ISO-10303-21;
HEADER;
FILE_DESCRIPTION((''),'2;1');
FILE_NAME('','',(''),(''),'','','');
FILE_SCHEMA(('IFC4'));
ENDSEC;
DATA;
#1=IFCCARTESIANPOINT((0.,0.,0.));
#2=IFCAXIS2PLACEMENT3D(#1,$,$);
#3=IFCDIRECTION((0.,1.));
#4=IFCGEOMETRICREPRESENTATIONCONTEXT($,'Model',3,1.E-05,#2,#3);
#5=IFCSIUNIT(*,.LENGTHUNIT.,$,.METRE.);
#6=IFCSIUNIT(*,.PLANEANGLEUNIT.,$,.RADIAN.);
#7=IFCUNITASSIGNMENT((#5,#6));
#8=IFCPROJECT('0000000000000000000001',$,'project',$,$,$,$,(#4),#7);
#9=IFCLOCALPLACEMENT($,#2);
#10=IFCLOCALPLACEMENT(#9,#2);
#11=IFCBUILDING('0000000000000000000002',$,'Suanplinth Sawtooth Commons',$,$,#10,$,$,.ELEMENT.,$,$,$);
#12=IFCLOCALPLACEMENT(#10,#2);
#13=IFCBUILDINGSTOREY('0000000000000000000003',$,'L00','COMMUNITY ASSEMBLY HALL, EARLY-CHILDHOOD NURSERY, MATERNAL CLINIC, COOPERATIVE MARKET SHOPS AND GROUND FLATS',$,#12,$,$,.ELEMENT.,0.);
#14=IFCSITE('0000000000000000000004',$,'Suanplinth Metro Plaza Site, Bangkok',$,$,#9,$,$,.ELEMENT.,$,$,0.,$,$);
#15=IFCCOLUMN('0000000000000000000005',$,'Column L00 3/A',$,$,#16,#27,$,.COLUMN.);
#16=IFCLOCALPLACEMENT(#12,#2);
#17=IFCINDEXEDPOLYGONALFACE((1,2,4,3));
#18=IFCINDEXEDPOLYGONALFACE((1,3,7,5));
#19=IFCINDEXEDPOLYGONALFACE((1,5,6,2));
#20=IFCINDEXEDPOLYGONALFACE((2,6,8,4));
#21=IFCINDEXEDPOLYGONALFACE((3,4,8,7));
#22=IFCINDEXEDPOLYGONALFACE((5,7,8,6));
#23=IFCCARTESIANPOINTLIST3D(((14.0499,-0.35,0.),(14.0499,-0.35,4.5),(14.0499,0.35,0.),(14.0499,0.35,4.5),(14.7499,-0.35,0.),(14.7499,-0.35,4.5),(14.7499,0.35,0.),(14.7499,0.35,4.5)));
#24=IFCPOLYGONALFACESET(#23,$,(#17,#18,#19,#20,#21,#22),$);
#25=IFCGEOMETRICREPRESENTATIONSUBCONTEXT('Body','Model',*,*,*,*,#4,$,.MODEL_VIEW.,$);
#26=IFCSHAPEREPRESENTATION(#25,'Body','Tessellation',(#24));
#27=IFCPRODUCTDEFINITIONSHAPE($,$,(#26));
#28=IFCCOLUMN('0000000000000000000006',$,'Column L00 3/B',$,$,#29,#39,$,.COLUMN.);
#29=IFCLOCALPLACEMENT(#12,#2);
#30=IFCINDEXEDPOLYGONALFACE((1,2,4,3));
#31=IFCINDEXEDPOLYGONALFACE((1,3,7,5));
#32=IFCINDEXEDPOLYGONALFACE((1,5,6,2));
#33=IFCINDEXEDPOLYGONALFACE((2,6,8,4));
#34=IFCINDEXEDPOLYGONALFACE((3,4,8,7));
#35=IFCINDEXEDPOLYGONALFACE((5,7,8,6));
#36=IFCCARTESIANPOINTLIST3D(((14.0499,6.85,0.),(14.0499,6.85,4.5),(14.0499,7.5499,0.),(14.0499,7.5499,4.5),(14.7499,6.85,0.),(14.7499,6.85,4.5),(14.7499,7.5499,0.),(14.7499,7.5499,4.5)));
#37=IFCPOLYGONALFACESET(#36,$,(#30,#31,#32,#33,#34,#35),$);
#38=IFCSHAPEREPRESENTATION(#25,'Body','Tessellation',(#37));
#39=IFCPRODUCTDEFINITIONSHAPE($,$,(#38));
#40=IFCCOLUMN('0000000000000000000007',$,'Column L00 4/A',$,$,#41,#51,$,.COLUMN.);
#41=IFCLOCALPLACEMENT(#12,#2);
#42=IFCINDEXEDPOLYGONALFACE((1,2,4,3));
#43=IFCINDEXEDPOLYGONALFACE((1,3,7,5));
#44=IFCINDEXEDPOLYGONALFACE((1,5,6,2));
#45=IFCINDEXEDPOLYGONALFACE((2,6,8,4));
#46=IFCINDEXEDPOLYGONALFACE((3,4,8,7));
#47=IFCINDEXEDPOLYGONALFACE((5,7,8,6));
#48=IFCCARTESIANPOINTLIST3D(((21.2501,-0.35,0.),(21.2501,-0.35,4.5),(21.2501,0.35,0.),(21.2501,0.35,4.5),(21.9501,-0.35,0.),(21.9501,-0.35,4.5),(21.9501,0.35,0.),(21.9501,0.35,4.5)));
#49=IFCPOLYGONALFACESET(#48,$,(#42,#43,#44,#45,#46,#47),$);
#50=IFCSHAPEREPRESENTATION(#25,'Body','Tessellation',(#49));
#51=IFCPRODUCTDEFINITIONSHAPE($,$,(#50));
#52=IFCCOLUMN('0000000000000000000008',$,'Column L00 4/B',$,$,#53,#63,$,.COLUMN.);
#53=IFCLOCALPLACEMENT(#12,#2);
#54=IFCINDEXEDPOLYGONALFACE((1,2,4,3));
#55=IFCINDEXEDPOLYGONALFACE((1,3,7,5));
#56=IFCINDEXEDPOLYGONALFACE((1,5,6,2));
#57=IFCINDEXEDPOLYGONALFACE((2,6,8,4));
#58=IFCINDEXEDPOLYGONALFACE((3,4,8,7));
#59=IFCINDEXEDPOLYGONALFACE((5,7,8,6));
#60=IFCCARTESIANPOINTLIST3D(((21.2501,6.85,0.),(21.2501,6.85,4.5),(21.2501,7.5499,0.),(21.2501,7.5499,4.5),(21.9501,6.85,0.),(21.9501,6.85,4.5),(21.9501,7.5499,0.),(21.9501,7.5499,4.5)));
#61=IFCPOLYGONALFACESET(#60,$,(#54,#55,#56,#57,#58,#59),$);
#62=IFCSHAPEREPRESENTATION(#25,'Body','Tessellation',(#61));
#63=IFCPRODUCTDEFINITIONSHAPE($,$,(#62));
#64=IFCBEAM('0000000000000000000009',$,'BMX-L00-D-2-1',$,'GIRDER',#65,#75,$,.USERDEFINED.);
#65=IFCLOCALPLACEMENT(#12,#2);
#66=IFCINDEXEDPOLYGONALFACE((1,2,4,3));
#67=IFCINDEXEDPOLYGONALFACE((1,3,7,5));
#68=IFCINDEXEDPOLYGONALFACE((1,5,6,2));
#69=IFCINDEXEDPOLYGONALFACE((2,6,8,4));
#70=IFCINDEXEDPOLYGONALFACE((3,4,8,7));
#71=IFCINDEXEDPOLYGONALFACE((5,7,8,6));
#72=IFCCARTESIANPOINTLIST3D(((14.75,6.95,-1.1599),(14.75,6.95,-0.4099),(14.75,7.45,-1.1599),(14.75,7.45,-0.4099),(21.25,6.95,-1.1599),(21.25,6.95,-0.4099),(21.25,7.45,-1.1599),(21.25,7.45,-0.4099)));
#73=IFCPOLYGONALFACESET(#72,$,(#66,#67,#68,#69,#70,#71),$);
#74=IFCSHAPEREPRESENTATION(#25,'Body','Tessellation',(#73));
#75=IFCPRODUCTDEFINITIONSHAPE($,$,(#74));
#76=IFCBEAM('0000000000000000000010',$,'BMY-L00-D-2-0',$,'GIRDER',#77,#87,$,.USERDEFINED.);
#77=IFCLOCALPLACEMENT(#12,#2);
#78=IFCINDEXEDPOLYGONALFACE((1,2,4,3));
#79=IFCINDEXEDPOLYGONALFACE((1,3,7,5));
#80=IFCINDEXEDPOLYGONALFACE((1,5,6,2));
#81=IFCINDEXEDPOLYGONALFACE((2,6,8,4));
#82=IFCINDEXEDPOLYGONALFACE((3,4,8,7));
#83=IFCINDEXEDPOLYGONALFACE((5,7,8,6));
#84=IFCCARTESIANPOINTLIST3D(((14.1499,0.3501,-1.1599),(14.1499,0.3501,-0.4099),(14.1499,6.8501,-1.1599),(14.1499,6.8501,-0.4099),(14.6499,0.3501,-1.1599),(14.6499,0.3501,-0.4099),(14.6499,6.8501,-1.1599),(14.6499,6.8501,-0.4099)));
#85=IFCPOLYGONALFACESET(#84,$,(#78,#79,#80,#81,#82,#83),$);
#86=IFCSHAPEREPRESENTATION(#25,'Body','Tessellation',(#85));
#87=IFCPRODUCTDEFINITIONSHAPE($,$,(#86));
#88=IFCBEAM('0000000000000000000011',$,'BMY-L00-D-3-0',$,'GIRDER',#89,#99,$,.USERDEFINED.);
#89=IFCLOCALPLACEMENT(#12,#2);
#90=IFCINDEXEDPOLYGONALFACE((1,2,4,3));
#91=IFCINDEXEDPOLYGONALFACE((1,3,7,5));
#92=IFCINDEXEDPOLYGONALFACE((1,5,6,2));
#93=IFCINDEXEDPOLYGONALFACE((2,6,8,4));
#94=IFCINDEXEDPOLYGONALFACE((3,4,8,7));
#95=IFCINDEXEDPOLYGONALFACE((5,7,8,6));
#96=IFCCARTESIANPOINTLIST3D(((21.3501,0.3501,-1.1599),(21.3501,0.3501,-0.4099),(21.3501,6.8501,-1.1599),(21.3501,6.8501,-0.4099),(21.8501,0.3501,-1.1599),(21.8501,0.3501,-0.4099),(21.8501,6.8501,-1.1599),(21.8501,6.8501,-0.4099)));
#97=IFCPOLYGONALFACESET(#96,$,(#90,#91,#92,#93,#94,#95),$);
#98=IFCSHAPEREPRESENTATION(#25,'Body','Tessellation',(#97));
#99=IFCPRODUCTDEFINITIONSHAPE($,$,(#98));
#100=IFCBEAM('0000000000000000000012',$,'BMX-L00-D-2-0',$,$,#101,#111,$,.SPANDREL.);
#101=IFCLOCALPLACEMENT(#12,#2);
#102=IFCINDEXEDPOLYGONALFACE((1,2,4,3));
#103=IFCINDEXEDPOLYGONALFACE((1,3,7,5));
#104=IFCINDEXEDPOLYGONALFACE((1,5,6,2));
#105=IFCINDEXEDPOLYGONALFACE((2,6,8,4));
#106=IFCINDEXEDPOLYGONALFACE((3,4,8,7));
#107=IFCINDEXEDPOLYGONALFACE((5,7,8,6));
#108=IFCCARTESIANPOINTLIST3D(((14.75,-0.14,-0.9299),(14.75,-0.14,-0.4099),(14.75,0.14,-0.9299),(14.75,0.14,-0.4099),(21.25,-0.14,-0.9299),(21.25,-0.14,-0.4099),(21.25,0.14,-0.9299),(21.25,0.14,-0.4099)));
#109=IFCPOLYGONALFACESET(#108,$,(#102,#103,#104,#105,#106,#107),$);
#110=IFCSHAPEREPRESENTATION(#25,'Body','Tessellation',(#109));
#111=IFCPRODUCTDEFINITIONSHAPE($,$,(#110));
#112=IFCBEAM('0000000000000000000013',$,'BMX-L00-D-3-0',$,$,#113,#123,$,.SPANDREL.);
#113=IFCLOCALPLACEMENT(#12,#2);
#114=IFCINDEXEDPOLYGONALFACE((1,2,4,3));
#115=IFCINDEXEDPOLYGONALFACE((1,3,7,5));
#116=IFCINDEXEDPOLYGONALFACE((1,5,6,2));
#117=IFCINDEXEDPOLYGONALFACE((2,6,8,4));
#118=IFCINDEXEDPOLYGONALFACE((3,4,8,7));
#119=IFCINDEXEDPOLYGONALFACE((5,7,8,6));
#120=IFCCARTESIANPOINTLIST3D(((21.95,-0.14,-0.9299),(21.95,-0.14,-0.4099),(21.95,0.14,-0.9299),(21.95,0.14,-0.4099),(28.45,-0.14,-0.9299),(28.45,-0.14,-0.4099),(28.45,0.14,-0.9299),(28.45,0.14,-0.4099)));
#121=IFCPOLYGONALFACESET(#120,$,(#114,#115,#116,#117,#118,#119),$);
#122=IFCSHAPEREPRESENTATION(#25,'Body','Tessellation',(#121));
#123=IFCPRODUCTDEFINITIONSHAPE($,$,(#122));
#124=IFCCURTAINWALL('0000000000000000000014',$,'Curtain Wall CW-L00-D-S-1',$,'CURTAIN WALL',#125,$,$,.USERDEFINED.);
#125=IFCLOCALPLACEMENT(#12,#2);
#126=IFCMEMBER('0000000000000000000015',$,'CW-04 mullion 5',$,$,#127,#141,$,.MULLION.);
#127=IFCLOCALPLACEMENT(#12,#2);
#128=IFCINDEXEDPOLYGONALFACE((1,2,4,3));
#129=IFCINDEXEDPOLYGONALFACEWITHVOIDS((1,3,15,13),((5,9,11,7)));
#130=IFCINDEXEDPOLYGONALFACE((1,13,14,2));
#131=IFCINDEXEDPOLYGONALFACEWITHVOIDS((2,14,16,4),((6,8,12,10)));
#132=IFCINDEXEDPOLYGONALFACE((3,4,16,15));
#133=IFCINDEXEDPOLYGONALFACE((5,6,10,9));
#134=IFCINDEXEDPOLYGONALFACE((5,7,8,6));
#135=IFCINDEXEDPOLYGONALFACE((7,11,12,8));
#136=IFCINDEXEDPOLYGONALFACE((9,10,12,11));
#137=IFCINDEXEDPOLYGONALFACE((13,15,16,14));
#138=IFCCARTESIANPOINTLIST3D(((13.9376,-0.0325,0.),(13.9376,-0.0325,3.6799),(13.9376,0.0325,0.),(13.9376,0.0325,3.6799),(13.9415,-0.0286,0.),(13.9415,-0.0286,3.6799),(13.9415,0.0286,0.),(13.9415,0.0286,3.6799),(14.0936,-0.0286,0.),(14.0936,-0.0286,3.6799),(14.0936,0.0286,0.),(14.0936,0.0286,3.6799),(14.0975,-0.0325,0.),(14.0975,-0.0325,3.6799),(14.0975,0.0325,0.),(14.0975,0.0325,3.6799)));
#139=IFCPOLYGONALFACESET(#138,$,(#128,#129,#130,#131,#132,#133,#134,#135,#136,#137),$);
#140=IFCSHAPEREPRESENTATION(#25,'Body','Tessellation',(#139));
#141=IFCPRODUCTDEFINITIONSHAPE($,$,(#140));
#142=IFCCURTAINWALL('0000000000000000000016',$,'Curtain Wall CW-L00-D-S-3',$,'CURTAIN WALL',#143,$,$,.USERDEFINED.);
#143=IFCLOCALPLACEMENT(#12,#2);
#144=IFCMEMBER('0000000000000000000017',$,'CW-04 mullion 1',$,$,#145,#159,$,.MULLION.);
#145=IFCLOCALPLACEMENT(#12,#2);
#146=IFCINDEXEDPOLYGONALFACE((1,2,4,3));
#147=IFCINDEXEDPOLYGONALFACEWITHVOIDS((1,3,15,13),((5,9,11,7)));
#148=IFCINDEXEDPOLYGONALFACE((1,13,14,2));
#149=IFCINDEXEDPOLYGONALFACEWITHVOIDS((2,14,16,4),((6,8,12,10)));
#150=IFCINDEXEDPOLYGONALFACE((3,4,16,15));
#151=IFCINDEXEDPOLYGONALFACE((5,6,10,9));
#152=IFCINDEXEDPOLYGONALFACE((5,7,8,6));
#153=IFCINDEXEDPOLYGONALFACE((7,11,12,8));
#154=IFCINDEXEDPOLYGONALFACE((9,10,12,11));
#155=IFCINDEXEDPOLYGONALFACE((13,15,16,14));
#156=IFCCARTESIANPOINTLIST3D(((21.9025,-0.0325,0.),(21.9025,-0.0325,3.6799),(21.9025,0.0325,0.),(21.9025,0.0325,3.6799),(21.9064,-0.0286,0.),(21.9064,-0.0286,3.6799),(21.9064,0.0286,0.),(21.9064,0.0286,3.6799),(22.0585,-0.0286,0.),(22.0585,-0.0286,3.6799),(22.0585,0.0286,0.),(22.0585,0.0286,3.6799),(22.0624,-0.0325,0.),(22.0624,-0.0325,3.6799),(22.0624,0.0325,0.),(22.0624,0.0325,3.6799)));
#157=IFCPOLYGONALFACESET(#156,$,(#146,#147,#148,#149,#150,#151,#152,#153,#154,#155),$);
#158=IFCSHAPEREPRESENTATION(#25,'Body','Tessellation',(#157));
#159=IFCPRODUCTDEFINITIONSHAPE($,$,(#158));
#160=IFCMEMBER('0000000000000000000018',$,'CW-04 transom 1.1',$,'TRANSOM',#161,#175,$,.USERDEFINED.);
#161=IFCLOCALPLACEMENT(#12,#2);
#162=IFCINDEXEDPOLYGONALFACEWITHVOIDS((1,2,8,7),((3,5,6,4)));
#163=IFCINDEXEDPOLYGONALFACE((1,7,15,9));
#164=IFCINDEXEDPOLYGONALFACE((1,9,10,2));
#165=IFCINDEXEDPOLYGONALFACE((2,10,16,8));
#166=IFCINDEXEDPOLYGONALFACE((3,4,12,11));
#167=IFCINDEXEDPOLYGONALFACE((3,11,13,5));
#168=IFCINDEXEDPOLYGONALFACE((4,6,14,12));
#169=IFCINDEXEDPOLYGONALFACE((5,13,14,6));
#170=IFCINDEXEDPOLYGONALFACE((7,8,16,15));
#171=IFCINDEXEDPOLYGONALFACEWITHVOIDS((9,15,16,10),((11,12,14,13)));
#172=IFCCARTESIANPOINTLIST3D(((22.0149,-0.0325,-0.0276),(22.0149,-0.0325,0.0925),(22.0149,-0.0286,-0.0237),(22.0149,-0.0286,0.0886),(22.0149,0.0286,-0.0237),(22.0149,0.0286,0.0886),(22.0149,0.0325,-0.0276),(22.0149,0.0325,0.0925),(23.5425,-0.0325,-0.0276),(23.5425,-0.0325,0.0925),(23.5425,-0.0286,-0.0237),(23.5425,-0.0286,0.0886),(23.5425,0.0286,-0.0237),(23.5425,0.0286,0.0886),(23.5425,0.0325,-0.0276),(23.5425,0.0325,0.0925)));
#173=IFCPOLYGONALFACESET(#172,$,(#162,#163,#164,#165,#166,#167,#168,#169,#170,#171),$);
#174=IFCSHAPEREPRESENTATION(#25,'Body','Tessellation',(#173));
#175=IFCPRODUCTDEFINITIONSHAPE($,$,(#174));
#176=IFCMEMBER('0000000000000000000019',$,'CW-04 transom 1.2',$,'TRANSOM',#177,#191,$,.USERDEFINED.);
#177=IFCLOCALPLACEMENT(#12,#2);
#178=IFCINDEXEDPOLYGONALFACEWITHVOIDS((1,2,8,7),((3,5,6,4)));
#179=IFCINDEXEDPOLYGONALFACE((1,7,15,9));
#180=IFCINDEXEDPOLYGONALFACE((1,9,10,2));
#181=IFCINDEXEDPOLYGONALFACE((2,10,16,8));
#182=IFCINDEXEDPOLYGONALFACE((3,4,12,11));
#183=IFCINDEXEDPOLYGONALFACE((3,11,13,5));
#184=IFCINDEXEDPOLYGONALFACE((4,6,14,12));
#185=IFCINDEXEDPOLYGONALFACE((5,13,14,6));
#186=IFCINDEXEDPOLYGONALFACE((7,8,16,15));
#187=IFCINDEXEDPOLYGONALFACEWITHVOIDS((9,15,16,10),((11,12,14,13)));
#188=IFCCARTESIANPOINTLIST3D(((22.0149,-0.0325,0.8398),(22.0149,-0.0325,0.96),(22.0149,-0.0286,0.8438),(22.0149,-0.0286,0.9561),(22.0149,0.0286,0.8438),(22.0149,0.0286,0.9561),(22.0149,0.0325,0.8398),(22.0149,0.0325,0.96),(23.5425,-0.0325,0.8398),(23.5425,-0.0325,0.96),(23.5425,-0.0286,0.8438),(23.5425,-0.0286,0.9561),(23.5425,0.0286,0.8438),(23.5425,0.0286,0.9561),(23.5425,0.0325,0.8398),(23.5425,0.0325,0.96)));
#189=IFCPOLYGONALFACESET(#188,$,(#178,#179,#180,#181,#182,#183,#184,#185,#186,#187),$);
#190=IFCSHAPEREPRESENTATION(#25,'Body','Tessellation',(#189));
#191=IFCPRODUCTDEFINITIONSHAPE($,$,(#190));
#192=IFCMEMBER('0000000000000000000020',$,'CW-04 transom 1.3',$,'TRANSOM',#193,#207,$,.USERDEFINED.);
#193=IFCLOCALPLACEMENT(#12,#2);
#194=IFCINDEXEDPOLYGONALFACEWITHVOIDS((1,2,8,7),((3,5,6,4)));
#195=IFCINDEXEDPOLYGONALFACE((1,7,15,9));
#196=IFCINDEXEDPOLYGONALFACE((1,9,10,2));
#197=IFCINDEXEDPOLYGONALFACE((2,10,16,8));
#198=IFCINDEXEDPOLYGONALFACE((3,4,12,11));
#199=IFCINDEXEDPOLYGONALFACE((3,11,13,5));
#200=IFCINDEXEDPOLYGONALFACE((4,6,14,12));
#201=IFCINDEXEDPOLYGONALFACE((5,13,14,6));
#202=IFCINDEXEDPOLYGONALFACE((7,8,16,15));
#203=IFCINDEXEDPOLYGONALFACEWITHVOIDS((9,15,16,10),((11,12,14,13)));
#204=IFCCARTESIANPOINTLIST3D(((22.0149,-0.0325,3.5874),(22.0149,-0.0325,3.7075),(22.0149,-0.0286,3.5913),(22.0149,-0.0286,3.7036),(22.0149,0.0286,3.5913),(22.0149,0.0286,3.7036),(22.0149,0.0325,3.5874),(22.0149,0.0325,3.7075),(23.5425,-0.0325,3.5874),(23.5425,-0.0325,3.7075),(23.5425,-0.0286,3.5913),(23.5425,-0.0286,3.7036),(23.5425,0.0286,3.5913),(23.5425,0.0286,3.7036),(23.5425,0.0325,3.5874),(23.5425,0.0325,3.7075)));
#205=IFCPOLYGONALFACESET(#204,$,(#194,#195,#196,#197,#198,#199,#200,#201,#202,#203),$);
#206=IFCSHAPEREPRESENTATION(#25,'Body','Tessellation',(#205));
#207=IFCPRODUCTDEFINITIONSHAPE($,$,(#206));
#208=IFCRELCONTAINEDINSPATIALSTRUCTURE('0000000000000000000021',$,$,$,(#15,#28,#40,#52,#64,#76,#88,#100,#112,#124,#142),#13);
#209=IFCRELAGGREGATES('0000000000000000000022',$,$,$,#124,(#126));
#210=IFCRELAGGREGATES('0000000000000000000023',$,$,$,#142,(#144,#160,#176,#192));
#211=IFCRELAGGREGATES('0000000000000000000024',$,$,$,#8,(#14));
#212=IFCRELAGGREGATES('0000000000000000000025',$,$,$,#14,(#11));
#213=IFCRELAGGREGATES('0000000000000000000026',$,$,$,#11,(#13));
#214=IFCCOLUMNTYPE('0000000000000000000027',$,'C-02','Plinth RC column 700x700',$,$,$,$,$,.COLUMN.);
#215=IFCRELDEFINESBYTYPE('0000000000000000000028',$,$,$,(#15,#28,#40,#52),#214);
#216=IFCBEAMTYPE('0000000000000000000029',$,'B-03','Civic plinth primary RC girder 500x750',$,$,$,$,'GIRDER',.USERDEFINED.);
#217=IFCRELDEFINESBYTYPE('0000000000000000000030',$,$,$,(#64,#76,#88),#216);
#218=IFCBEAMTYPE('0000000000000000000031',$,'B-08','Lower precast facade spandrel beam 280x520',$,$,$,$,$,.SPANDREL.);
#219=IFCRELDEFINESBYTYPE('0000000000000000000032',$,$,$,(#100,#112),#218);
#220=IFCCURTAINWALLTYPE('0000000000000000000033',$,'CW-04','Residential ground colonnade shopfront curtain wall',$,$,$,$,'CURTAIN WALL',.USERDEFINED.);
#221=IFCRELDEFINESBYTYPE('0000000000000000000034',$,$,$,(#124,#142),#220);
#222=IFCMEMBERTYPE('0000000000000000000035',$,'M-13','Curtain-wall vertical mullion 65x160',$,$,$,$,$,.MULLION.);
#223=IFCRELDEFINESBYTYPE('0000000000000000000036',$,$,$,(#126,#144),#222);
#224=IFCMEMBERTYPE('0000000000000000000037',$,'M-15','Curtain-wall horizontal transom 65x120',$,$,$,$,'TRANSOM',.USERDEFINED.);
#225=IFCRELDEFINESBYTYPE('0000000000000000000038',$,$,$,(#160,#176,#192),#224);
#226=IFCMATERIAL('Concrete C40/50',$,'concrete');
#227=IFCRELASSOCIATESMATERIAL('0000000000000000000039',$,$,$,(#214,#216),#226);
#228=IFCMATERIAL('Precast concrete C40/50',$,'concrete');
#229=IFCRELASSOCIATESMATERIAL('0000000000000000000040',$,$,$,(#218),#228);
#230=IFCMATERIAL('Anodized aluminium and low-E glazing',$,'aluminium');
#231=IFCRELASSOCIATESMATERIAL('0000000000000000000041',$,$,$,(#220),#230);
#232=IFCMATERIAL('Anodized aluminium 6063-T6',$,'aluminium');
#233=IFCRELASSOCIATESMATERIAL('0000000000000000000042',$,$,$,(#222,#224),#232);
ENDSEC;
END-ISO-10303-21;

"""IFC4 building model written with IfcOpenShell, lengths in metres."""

from ifc_helpers import new_model, si_unit, direction, frame, origin, origin_2d, place, context, subcontext, project, spatial, rectangle, hollow_rectangle, extrude, material, material_profile, profile_set, type_object, element, aggregate, save


model = new_model("IFC4")

# Units and contexts
model_context = context("Model", 3, precision=1e-05, world=origin(), true_north=direction((0.0, 1.0)))
body_context = subcontext(model_context, "Body", "Model", "MODEL_VIEW")
ifc_project = project(units=[si_unit("LENGTHUNIT", "METRE"), si_unit("PLANEANGLEUNIT", "RADIAN")], contexts=[model_context])

# Site, building, storey
site_placement = place(None, origin())
site = spatial("IfcSite", under=ifc_project, at=site_placement, Name="Suanplinth Metro Plaza Site, Bangkok", CompositionType="ELEMENT", RefElevation=0.0)
building_placement = place(site_placement, origin())
building = spatial("IfcBuilding", under=site, at=building_placement, Name="Suanplinth Sawtooth Commons", CompositionType="ELEMENT")
storey_placement = place(building_placement, origin())
storey = spatial("IfcBuildingStorey", under=building, at=storey_placement, Name="L00", Description="COMMUNITY ASSEMBLY HALL, EARLY-CHILDHOOD NURSERY, MATERNAL CLINIC, COOPERATIVE MARKET SHOPS AND GROUND FLATS", CompositionType="ELEMENT", Elevation=0.0)

# Columns
ifc_material_1 = material(Name="Concrete C40/50", Category="concrete")
ifc_material_profile_1 = material_profile(ifc_material_1, rectangle(XDim=0.7, YDim=0.7, at=origin_2d()), Name="RC-COL 700x700")
ifc_profile_set_1 = profile_set([ifc_material_profile_1], Name="Concrete C40/50")
column_type = type_object("IfcColumnType", Name="C-02", Description="Plinth RC column 700x700", PredefinedType="COLUMN", material=ifc_profile_set_1)
for number, where, z_axis, x_axis, name in (
    (1, (14.3999, 0.0, 0.0), (0.0, 0.0, 1.0), (1.0, 0.0, 0.0), "Column L00 3/A"),
    (2, (14.3999, 7.2, 0.0), (0.0, 0.0, 1.0), (1.0, 0.0, 0.0), "Column L00 3/B"),
    (3, (21.6001, 0.0, 0.0), (0.0, 0.0, 1.0), (1.0, 0.0, 0.0), "Column L00 4/A"),
    (4, (21.6001, 7.2, 0.0), (0.0, 0.0, 1.0), (1.0, 0.0, 0.0), "Column L00 4/B"),
):
    element("IfcColumn", number, at=place(storey_placement, frame(where, z_axis=z_axis, x_axis=x_axis)), inside=storey, type_object=column_type, Name=name, PredefinedType="COLUMN", context=body_context, shape_type="SweptSolid", body=[
        extrude(rectangle(XDim=0.7, YDim=0.7, at=origin_2d()), origin(), (0.0, 0.0, 1.0), 4.5),
    ])

# Beams
ifc_material_profile_2 = material_profile(ifc_material_1, rectangle(XDim=0.5, YDim=0.75, at=origin_2d()), Name="RC-GDR 500x750")
ifc_profile_set_2 = profile_set([ifc_material_profile_2], Name="Concrete C40/50")
beam_type_1 = type_object("IfcBeamType", Name="B-03", Description="Civic plinth primary RC girder 500x750", ElementType="GIRDER", PredefinedType="USERDEFINED", material=ifc_profile_set_2)
for number, where, z_axis, x_axis, name in (
    (5, (14.75, 7.2, -0.7849), (1.0, 0.0, 0.0), (0.0, 1.0, 0.0), "BMX-L00-D-2-1"),
    (6, (14.3999, 0.3501, -0.7849), (0.0, 1.0, 0.0), (-1.0, 0.0, 0.0), "BMY-L00-D-2-0"),
    (7, (21.6001, 0.3501, -0.7849), (0.0, 1.0, 0.0), (-1.0, 0.0, 0.0), "BMY-L00-D-3-0"),
):
    element("IfcBeam", number, at=place(storey_placement, frame(where, z_axis=z_axis, x_axis=x_axis)), inside=storey, type_object=beam_type_1, Name=name, ObjectType="GIRDER", PredefinedType="USERDEFINED", context=body_context, shape_type="SweptSolid", body=[
        extrude(rectangle(XDim=0.5, YDim=0.75, at=origin_2d()), origin(), (0.0, 0.0, 1.0), 6.5),
    ])
ifc_material_2 = material(Name="Precast concrete C40/50", Category="concrete")
ifc_material_profile_3 = material_profile(ifc_material_2, rectangle(XDim=0.28, YDim=0.52, at=origin_2d()), Name="PC-SP 280x520")
ifc_profile_set_3 = profile_set([ifc_material_profile_3], Name="Precast concrete C40/50")
beam_type_2 = type_object("IfcBeamType", Name="B-08", Description="Lower precast facade spandrel beam 280x520", PredefinedType="SPANDREL", material=ifc_profile_set_3)
for number, where, z_axis, x_axis, name in (
    (8, (14.75, 0.0, -0.6699), (1.0, 0.0, 0.0), (0.0, 1.0, 0.0), "BMX-L00-D-2-0"),
    (9, (21.95, 0.0, -0.6699), (1.0, 0.0, 0.0), (0.0, 1.0, 0.0), "BMX-L00-D-3-0"),
):
    element("IfcBeam", number, at=place(storey_placement, frame(where, z_axis=z_axis, x_axis=x_axis)), inside=storey, type_object=beam_type_2, Name=name, PredefinedType="SPANDREL", context=body_context, shape_type="SweptSolid", body=[
        extrude(rectangle(XDim=0.28, YDim=0.52, at=origin_2d()), origin(), (0.0, 0.0, 1.0), 6.5),
    ])

# Curtain wall, member
ifc_material_3 = material(Name="Anodized aluminium and low-E glazing", Category="aluminium")
curtain_wall_type = type_object("IfcCurtainWallType", Name="CW-04", Description="Residential ground colonnade shopfront curtain wall", ElementType="CURTAIN WALL", PredefinedType="USERDEFINED", material=ifc_material_3)
curtain_wall_1_placement = place(storey_placement, origin())
curtain_wall_1 = element("IfcCurtainWall", 10, at=curtain_wall_1_placement, inside=storey, type_object=curtain_wall_type, Name="Curtain Wall CW-L00-D-S-1", ObjectType="CURTAIN WALL", PredefinedType="USERDEFINED")
ifc_material_4 = material(Name="Anodized aluminium 6063-T6", Category="aluminium")
ifc_material_profile_4 = material_profile(ifc_material_4, hollow_rectangle(XDim=0.0649, YDim=0.1599, WallThickness=0.0039, at=origin_2d()), Name="ALU-MUL 65x160")
ifc_profile_set_4 = profile_set([ifc_material_profile_4], Name="Anodized aluminium 6063-T6")
member_type_1 = type_object("IfcMemberType", Name="M-13", Description="Curtain-wall vertical mullion 65x160", PredefinedType="MULLION", material=ifc_profile_set_4)
member_1_placement = place(storey_placement, frame((14.0176, 0.0, 0.0), z_axis=(0.0, 0.0, 1.0), x_axis=(0.0, 1.0, 0.0)))
member_1 = element("IfcMember", 11, at=member_1_placement, type_object=member_type_1, Name="CW-04 mullion 5", PredefinedType="MULLION", context=body_context, shape_type="SweptSolid", body=[
    extrude(hollow_rectangle(XDim=0.0649, YDim=0.1599, WallThickness=0.0039, at=origin_2d()), origin(), (0.0, 0.0, 1.0), 3.6799),
])
aggregate(curtain_wall_1, [member_1])

# Curtain wall, members
curtain_wall_2_placement = place(storey_placement, origin())
curtain_wall_2 = element("IfcCurtainWall", 12, at=curtain_wall_2_placement, inside=storey, type_object=curtain_wall_type, Name="Curtain Wall CW-L00-D-S-3", ObjectType="CURTAIN WALL", PredefinedType="USERDEFINED")
member_2_placement = place(storey_placement, frame((21.9824, 0.0, 0.0), z_axis=(0.0, 0.0, 1.0), x_axis=(0.0, 1.0, 0.0)))
member_2 = element("IfcMember", 13, at=member_2_placement, type_object=member_type_1, Name="CW-04 mullion 1", PredefinedType="MULLION", context=body_context, shape_type="SweptSolid", body=[
    extrude(hollow_rectangle(XDim=0.0649, YDim=0.1599, WallThickness=0.0039, at=origin_2d()), origin(), (0.0, 0.0, 1.0), 3.6799),
])
ifc_material_profile_5 = material_profile(ifc_material_4, hollow_rectangle(XDim=0.0649, YDim=0.1201, WallThickness=0.0039, at=origin_2d()), Name="ALU-TRN 65x120")
ifc_profile_set_5 = profile_set([ifc_material_profile_5], Name="Anodized aluminium 6063-T6")
member_type_2 = type_object("IfcMemberType", Name="M-15", Description="Curtain-wall horizontal transom 65x120", ElementType="TRANSOM", PredefinedType="USERDEFINED", material=ifc_profile_set_5)
member_3_placement = place(storey_placement, frame((22.0149, 0.0, 0.0325), z_axis=(1.0, 0.0, 0.0), x_axis=(0.0, 1.0, 0.0)))
member_3 = element("IfcMember", 14, at=member_3_placement, type_object=member_type_2, Name="CW-04 transom 1.1", ObjectType="TRANSOM", PredefinedType="USERDEFINED", context=body_context, shape_type="SweptSolid", body=[
    extrude(hollow_rectangle(XDim=0.0649, YDim=0.1201, WallThickness=0.0039, at=origin_2d()), origin(), (0.0, 0.0, 1.0), 1.5276),
])
member_4_placement = place(storey_placement, frame((22.0149, 0.0, 0.8999), z_axis=(1.0, 0.0, 0.0), x_axis=(0.0, 1.0, 0.0)))
member_4 = element("IfcMember", 15, at=member_4_placement, type_object=member_type_2, Name="CW-04 transom 1.2", ObjectType="TRANSOM", PredefinedType="USERDEFINED", context=body_context, shape_type="SweptSolid", body=[
    extrude(hollow_rectangle(XDim=0.0649, YDim=0.1201, WallThickness=0.0039, at=origin_2d()), origin(), (0.0, 0.0, 1.0), 1.5276),
])
member_5_placement = place(storey_placement, frame((22.0149, 0.0, 3.6475), z_axis=(1.0, 0.0, 0.0), x_axis=(0.0, 1.0, 0.0)))
member_5 = element("IfcMember", 16, at=member_5_placement, type_object=member_type_2, Name="CW-04 transom 1.3", ObjectType="TRANSOM", PredefinedType="USERDEFINED", context=body_context, shape_type="SweptSolid", body=[
    extrude(hollow_rectangle(XDim=0.0649, YDim=0.1201, WallThickness=0.0039, at=origin_2d()), origin(), (0.0, 0.0, 1.0), 1.5276),
])
aggregate(curtain_wall_2, [member_2, member_3, member_4, member_5])

save(model, "model.ifc")
